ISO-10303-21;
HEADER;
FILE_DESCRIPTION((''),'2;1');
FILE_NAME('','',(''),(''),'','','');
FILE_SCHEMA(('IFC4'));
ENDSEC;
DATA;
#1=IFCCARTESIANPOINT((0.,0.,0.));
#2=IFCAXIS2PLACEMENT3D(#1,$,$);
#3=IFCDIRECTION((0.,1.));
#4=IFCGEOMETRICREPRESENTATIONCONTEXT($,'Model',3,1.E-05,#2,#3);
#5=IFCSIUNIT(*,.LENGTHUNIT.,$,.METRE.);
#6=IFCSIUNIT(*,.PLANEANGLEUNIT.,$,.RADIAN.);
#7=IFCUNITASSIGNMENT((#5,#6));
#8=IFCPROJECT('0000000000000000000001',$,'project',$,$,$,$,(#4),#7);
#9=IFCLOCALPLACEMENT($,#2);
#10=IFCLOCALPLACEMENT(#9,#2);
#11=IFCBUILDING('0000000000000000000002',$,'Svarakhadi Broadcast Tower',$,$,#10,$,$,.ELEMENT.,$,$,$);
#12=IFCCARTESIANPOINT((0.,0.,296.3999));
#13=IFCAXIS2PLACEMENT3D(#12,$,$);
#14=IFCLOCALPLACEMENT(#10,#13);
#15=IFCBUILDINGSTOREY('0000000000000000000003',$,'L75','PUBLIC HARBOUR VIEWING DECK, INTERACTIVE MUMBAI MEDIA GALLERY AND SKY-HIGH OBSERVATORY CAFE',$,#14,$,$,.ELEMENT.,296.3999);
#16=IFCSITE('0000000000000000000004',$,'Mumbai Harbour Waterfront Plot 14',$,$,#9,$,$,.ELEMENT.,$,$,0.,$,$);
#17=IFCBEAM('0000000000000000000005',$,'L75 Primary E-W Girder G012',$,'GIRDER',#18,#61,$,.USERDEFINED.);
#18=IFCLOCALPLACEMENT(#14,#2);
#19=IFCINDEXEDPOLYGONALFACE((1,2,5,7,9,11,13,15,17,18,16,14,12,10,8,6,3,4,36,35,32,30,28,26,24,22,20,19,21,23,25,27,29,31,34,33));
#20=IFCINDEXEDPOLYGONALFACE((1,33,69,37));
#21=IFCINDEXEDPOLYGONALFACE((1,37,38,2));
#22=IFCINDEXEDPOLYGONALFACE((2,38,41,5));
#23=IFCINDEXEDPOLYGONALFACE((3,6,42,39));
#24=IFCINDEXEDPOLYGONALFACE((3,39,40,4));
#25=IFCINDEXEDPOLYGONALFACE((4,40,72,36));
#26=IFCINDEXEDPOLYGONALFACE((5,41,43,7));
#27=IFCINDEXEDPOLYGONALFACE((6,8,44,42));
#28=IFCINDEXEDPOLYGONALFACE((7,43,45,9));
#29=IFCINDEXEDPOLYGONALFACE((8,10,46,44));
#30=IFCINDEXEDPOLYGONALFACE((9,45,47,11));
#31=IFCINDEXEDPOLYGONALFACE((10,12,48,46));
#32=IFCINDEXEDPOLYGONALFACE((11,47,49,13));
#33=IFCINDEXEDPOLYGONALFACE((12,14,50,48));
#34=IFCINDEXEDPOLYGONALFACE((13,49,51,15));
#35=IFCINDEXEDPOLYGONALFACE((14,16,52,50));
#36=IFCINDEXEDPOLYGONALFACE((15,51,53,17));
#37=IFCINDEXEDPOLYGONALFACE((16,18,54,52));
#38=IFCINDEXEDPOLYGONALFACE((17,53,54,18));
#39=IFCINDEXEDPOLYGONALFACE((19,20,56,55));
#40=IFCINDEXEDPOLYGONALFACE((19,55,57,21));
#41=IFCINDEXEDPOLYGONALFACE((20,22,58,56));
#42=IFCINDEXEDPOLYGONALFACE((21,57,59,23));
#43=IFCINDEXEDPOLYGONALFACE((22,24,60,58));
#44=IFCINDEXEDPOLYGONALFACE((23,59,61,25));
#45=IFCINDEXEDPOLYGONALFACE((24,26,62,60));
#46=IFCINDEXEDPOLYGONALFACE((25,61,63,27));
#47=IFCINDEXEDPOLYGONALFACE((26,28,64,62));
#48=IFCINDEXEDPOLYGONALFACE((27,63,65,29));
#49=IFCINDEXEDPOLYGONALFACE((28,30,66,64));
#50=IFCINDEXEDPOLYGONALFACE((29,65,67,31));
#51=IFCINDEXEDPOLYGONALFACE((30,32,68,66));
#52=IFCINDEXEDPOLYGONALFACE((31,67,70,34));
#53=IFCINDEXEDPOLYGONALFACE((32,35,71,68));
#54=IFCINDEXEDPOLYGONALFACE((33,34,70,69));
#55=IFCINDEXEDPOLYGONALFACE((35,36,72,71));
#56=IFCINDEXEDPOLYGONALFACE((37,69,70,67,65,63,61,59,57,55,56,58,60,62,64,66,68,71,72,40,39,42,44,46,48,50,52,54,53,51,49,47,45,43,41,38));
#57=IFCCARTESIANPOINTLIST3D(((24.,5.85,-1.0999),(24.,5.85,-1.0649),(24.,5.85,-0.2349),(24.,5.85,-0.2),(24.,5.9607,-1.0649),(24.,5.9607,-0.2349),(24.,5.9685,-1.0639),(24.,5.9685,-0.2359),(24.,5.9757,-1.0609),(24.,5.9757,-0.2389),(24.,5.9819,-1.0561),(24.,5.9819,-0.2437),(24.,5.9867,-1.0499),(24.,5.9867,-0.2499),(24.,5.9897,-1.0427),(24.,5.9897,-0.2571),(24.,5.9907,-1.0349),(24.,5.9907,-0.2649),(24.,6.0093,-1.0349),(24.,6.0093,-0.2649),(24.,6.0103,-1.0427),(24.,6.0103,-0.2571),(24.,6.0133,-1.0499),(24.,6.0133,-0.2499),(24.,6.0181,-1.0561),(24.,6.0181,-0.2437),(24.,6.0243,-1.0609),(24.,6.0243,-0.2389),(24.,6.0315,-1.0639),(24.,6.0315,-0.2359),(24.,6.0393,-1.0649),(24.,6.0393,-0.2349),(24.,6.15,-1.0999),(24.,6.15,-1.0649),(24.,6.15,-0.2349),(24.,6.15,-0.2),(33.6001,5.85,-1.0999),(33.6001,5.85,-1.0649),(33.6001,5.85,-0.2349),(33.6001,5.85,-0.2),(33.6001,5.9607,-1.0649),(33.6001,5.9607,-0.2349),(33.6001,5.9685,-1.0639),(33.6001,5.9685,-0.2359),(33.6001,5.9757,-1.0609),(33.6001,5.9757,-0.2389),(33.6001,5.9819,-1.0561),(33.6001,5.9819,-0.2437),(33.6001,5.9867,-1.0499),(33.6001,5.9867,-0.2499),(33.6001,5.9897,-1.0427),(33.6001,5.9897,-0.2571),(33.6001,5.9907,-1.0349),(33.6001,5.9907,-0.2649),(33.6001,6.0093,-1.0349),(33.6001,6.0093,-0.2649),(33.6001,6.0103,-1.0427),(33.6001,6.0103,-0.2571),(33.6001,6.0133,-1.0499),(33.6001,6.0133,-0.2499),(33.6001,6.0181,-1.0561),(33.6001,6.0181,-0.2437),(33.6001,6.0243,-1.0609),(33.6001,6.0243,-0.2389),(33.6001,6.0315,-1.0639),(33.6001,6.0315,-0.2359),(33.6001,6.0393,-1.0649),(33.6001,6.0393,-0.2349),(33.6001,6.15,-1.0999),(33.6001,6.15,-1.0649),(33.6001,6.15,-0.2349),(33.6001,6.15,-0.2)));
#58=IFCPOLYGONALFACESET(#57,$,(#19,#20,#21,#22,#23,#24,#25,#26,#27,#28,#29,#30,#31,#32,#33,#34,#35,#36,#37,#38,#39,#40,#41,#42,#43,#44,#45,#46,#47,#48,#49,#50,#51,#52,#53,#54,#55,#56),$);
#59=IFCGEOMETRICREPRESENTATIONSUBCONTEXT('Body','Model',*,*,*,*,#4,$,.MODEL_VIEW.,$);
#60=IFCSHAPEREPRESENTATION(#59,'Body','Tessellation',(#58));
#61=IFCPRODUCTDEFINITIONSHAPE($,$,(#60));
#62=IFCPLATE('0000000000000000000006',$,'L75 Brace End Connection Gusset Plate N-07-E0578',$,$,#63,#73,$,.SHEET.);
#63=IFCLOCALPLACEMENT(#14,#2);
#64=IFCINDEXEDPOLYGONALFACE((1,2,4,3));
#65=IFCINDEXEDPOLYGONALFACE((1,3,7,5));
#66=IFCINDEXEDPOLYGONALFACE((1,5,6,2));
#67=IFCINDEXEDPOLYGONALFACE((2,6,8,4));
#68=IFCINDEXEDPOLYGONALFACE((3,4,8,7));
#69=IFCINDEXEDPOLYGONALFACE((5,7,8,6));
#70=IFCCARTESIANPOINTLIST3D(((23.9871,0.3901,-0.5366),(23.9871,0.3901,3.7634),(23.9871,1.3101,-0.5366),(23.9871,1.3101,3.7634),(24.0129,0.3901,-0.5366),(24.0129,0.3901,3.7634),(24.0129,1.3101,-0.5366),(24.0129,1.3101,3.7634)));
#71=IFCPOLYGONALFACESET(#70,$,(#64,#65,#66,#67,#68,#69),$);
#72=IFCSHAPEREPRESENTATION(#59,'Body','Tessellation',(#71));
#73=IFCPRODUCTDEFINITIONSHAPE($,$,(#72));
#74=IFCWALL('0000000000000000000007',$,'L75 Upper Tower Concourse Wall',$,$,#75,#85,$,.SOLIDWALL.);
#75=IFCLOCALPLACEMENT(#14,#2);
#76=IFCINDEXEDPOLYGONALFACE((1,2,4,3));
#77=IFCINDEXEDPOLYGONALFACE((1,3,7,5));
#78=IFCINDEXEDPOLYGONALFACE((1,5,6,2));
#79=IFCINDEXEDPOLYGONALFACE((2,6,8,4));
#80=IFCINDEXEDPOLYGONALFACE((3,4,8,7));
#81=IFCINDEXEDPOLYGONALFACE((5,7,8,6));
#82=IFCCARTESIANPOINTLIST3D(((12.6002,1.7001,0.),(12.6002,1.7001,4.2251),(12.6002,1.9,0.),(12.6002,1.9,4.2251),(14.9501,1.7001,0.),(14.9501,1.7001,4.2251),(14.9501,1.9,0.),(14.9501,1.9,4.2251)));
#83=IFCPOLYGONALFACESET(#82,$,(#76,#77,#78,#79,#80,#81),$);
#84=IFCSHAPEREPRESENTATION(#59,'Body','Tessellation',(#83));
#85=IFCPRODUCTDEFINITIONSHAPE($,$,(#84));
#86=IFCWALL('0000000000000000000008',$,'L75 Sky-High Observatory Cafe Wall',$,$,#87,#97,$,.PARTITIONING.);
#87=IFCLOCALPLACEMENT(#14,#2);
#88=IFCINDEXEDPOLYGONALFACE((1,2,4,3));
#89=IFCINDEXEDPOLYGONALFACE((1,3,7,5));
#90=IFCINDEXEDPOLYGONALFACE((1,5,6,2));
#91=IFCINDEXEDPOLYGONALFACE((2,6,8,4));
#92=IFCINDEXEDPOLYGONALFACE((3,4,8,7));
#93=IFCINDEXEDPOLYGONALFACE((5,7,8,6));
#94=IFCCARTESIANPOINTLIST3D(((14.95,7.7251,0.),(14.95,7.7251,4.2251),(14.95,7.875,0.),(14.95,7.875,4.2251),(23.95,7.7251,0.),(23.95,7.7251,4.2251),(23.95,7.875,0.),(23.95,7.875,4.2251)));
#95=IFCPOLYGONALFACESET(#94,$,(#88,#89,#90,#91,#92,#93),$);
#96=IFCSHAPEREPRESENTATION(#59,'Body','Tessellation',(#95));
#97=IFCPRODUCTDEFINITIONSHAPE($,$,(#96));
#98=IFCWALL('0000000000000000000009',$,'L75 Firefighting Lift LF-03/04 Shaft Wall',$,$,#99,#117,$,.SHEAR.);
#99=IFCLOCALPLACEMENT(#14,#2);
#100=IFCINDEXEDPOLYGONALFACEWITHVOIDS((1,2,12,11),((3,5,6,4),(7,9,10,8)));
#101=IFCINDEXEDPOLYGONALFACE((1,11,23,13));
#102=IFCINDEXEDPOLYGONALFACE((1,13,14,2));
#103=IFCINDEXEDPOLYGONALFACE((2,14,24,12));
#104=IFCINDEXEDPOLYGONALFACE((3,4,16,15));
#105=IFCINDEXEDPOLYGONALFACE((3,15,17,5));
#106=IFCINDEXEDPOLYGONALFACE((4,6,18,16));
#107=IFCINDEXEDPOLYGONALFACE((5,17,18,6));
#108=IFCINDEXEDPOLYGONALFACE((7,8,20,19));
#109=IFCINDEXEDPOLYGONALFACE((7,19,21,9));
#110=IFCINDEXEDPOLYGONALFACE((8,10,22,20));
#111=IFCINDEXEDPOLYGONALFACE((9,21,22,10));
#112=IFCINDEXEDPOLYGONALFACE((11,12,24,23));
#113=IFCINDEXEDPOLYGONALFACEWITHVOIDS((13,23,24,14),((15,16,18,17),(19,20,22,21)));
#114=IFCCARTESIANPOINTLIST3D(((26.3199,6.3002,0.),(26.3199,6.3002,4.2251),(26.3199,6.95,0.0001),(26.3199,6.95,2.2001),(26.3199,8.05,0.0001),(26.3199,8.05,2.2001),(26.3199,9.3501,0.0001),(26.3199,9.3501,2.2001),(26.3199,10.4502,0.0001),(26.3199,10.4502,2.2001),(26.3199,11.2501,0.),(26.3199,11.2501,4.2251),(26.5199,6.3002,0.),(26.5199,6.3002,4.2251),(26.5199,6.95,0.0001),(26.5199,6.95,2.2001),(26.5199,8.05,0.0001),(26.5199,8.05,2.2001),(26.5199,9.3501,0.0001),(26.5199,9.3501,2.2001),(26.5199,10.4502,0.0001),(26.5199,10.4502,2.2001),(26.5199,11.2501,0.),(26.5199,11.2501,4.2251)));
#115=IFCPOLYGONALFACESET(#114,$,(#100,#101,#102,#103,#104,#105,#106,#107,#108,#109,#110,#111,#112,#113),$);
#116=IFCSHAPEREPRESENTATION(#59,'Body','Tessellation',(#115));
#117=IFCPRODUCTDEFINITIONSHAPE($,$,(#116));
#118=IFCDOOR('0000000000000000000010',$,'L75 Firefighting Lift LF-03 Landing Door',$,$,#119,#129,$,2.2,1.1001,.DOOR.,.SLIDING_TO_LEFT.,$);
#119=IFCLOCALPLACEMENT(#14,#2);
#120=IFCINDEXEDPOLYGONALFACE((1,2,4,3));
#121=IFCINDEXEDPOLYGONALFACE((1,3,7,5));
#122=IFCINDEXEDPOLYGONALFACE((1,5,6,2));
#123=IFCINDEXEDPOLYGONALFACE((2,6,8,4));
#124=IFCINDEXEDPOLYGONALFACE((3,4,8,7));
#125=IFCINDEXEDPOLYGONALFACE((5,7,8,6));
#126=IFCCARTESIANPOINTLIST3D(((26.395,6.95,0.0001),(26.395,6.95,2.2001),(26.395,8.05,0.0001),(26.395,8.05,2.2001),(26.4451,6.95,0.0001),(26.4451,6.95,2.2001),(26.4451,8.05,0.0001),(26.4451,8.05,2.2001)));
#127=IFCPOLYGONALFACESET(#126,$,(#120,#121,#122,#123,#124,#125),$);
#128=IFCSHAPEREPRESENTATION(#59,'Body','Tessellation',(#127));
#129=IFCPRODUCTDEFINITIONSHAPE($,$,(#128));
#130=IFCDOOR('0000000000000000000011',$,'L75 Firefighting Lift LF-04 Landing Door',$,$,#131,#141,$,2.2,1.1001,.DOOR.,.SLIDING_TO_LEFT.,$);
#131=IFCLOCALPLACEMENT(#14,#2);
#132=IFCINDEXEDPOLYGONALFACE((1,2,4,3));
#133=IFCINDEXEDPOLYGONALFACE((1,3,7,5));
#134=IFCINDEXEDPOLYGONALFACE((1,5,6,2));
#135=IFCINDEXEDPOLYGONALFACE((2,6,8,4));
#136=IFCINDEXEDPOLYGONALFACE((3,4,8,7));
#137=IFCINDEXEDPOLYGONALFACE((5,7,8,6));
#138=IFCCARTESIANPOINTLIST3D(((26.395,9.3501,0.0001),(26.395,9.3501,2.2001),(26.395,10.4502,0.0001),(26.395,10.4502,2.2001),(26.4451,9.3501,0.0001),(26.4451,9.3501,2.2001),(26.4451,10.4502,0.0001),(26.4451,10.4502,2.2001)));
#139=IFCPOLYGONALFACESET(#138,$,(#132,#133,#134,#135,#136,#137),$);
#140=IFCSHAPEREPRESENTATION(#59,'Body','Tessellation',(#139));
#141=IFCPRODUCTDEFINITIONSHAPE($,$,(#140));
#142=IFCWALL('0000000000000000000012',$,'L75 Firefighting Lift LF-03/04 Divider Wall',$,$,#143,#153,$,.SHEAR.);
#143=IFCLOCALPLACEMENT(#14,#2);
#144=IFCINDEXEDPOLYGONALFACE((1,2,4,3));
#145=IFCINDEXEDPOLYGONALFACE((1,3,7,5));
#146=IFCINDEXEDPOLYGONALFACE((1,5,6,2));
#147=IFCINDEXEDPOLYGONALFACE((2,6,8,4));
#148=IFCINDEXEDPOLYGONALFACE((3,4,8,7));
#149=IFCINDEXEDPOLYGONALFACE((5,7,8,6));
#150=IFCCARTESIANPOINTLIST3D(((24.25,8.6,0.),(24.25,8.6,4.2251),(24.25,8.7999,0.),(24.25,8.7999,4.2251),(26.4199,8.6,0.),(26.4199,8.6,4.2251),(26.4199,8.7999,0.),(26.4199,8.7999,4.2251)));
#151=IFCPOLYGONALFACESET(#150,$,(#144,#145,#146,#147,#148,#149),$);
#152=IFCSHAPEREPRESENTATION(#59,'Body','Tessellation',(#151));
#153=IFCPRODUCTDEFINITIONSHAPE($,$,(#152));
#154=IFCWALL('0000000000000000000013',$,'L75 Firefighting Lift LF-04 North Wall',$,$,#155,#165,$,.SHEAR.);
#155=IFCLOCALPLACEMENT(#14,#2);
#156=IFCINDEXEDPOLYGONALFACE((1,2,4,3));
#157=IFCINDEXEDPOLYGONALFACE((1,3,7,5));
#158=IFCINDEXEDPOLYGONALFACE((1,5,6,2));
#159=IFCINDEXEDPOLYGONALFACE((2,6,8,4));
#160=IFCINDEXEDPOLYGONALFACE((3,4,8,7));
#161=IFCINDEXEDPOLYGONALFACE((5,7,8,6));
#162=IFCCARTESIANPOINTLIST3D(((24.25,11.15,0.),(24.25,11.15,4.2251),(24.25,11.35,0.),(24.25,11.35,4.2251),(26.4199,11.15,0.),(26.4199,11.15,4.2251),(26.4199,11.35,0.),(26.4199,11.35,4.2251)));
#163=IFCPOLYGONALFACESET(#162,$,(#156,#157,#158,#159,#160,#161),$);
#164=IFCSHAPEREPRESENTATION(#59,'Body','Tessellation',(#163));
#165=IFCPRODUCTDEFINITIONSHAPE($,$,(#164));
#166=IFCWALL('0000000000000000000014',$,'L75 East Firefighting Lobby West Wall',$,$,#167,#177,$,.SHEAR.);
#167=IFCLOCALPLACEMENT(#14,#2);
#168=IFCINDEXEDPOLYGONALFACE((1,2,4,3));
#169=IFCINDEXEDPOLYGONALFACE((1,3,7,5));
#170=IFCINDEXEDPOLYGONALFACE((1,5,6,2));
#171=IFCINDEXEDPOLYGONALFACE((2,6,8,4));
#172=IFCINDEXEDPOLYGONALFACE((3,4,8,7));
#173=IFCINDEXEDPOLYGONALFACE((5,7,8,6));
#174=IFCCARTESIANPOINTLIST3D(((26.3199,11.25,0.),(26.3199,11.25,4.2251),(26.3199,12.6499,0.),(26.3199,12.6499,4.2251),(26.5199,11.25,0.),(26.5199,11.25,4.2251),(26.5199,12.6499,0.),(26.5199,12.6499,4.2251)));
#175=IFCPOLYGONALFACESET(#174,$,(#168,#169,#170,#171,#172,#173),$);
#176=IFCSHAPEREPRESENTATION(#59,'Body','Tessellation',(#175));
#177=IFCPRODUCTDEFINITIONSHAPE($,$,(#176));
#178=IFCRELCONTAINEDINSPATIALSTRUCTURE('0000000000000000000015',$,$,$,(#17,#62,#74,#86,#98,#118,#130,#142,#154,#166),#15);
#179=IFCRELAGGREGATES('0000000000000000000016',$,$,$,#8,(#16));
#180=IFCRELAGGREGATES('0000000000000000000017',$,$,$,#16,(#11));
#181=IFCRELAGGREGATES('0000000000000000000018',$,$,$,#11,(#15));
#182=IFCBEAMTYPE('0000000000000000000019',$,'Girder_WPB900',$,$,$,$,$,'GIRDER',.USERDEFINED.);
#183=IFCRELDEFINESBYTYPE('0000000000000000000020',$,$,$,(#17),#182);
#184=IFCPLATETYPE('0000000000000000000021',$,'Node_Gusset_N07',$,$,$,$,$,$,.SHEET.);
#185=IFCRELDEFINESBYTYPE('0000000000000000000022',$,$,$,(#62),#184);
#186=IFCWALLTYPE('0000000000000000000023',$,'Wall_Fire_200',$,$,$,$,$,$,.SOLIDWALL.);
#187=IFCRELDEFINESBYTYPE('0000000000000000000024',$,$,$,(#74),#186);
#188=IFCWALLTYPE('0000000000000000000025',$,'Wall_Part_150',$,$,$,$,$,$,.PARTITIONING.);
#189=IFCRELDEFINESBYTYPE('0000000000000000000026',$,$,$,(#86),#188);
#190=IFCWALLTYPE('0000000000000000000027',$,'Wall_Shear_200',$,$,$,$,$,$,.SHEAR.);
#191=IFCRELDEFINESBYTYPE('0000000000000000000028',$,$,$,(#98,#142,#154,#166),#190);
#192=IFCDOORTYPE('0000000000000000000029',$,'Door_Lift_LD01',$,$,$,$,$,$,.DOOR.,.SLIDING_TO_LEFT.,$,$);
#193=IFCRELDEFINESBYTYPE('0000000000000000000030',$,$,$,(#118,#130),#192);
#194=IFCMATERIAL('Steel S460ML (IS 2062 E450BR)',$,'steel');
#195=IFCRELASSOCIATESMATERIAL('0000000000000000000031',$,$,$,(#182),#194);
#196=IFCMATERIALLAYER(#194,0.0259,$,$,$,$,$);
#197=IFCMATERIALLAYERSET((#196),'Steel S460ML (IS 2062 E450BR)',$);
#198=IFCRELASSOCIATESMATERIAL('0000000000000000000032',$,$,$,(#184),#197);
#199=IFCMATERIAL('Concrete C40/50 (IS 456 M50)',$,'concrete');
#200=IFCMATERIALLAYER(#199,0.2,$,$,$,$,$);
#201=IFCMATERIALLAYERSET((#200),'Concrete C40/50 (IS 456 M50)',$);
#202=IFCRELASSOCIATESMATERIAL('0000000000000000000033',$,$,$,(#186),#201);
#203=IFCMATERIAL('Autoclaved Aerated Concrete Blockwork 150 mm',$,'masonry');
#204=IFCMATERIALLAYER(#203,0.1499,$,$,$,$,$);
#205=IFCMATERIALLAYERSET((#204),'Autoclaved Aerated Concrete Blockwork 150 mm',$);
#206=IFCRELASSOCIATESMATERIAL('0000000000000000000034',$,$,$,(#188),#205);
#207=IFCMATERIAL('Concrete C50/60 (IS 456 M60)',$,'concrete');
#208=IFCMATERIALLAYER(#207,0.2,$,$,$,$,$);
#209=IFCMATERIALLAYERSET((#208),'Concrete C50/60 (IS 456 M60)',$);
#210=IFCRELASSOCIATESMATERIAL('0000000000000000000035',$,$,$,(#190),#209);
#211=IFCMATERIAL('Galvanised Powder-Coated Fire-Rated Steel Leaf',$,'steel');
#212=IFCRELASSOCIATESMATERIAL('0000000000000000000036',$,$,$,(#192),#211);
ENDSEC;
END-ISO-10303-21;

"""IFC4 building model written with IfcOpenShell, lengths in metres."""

from ifc_helpers import new_model, si_unit, direction, frame, frame_2d, origin, origin_2d, place, context, subcontext, project, spatial, rectangle, i_section, extrude, material, layer, layer_set, material_profile, profile_set, type_object, element, fill, save


model = new_model("IFC4")

# Units and contexts
model_context = context("Model", 3, precision=1e-05, world=origin(), true_north=direction((0.0, 1.0)))
body_context = subcontext(model_context, "Body", "Model", "MODEL_VIEW")
ifc_project = project(units=[si_unit("LENGTHUNIT", "METRE"), si_unit("PLANEANGLEUNIT", "RADIAN")], contexts=[model_context])

# Site, building, storey
site_placement = place(None, origin())
site = spatial("IfcSite", under=ifc_project, at=site_placement, Name="Mumbai Harbour Waterfront Plot 14", CompositionType="ELEMENT", RefElevation=0.0)
building_placement = place(site_placement, origin())
building = spatial("IfcBuilding", under=site, at=building_placement, Name="Svarakhadi Broadcast Tower", CompositionType="ELEMENT")
storey_placement = place(building_placement, frame((0.0, 0.0, 296.3999)))
storey = spatial("IfcBuildingStorey", under=building, at=storey_placement, Name="L75", Description="PUBLIC HARBOUR VIEWING DECK, INTERACTIVE MUMBAI MEDIA GALLERY AND SKY-HIGH OBSERVATORY CAFE", CompositionType="ELEMENT", Elevation=296.3999)

# Shared definitions
ifc_material_1 = material(Name="Concrete C50/60 (IS 456 M60)", Category="concrete")
ifc_material_2 = material(Name="Steel S460ML (IS 2062 E450BR)", Category="steel")

# Beam
ifc_material_profile_1 = material_profile(ifc_material_2, i_section(OverallWidth=0.3, OverallDepth=0.8999, WebThickness=0.0186, FlangeThickness=0.0349, FilletRadius=0.03, at=origin_2d()), Name="WPB 900x300x291")
ifc_profile_set_1 = profile_set([ifc_material_profile_1], Name="Steel S460ML (IS 2062 E450BR)")
beam_type_1 = type_object("IfcBeamType", Name="Girder_WPB900", ElementType="GIRDER", PredefinedType="USERDEFINED", material=ifc_profile_set_1)
beam_placement = place(storey_placement, frame((24.0, 6.0, -0.6499), z_axis=(1.0, 0.0, 0.0), x_axis=(0.0, 1.0, 0.0)))
element("IfcBeam", 1, at=beam_placement, inside=storey, type_object=beam_type_1, Name="L75 Primary E-W Girder G012", ObjectType="GIRDER", PredefinedType="USERDEFINED", context=body_context, shape_type="SweptSolid", body=[
    extrude(i_section(OverallWidth=0.3, OverallDepth=0.8999, WebThickness=0.0186, FlangeThickness=0.0349, FilletRadius=0.03, at=origin_2d()), origin(), (0.0, 0.0, 1.0), 9.6001),
])

# Plate
ifc_layer_1 = layer(ifc_material_2, 0.0259)
ifc_layer_set_1 = layer_set([ifc_layer_1], Name="Steel S460ML (IS 2062 E450BR)")
plate_type = type_object("IfcPlateType", Name="Node_Gusset_N07", PredefinedType="SHEET", material=ifc_layer_set_1)
plate_placement = place(storey_placement, frame((24.0, 0.8501, -0.5366), z_axis=(0.0, 0.0, 1.0), x_axis=(0.0, 1.0, 0.0)))
element("IfcPlate", 2, at=plate_placement, inside=storey, type_object=plate_type, Name="L75 Brace End Connection Gusset Plate N-07-E0578", PredefinedType="SHEET", context=body_context, shape_type="SweptSolid", body=[
    extrude(rectangle(XDim=0.9199, YDim=0.0259, at=origin_2d()), origin(), (0.0, 0.0, 1.0), 4.3),
])

# Walls
ifc_material_3 = material(Name="Concrete C40/50 (IS 456 M50)", Category="concrete")
ifc_layer_2 = layer(ifc_material_3, 0.2)
ifc_layer_set_2 = layer_set([ifc_layer_2], Name="Concrete C40/50 (IS 456 M50)")
wall_type_1 = type_object("IfcWallType", Name="Wall_Fire_200", PredefinedType="SOLIDWALL", material=ifc_layer_set_2)
wall_1_placement = place(storey_placement, frame((14.95, 1.8, 0.0), z_axis=(0.0, 0.0, 1.0), x_axis=(-1.0, 0.0, 0.0)))
element("IfcWall", 3, at=wall_1_placement, inside=storey, type_object=wall_type_1, Name="L75 Upper Tower Concourse Wall", PredefinedType="SOLIDWALL", context=body_context, shape_type="SweptSolid", body=[
    extrude(rectangle(XDim=2.3499, YDim=0.2, at=frame_2d((1.1748, 0.0))), origin(), (0.0, 0.0, 1.0), 4.2251),
])
ifc_material_4 = material(Name="Autoclaved Aerated Concrete Blockwork 150 mm", Category="masonry")
ifc_layer_3 = layer(ifc_material_4, 0.1499)
ifc_layer_set_3 = layer_set([ifc_layer_3], Name="Autoclaved Aerated Concrete Blockwork 150 mm")
wall_type_2 = type_object("IfcWallType", Name="Wall_Part_150", PredefinedType="PARTITIONING", material=ifc_layer_set_3)
wall_2_placement = place(storey_placement, frame((14.95, 7.8, 0.0), z_axis=(0.0, 0.0, 1.0), x_axis=(1.0, 0.0, 0.0)))
element("IfcWall", 4, at=wall_2_placement, inside=storey, type_object=wall_type_2, Name="L75 Sky-High Observatory Cafe Wall", PredefinedType="PARTITIONING", context=body_context, shape_type="SweptSolid", body=[
    extrude(rectangle(XDim=9.0, YDim=0.1499, at=frame_2d((4.5, 0.0))), origin(), (0.0, 0.0, 1.0), 4.2251),
])

# Wall, openings, doors
ifc_layer_4 = layer(ifc_material_1, 0.2)
ifc_layer_set_4 = layer_set([ifc_layer_4], Name="Concrete C50/60 (IS 456 M60)")
wall_type_3 = type_object("IfcWallType", Name="Wall_Shear_200", PredefinedType="SHEAR", material=ifc_layer_set_4)
wall_3_placement = place(storey_placement, frame((26.4199, 6.3, 0.0), z_axis=(0.0, 0.0, 1.0), x_axis=(0.0, 1.0, 0.0)))
wall_3 = element("IfcWall", 5, at=wall_3_placement, inside=storey, type_object=wall_type_3, Name="L75 Firefighting Lift LF-03/04 Shaft Wall", PredefinedType="SHEAR", context=body_context, shape_type="SweptSolid", body=[
    extrude(rectangle(XDim=4.95, YDim=0.2, at=frame_2d((2.4751, 0.0))), origin(), (0.0, 0.0, 1.0), 4.2251),
])
opening_1_placement = place(wall_3_placement, frame((0.6499, 0.0, 0.0)))
opening_1 = element("IfcOpeningElement", 6, at=opening_1_placement, cuts=wall_3, PredefinedType="OPENING", context=body_context, shape_type="SweptSolid", body=[
    extrude(rectangle(XDim=1.1001, YDim=2.2, at=frame_2d((0.55, 1.1001))), frame((0.0, 0.1099, 0.0), z_axis=(0.0, -1.0, 0.0), x_axis=(1.0, 0.0, 0.0)), (0.0, 0.0, 1.0), 0.22),
])
opening_2_placement = place(wall_3_placement, frame((3.05, 0.0, 0.0)))
opening_2 = element("IfcOpeningElement", 7, at=opening_2_placement, cuts=wall_3, PredefinedType="OPENING", context=body_context, shape_type="SweptSolid", body=[
    extrude(rectangle(XDim=1.1001, YDim=2.2, at=frame_2d((0.55, 1.1001))), frame((0.0, 0.1099, 0.0), z_axis=(0.0, -1.0, 0.0), x_axis=(1.0, 0.0, 0.0)), (0.0, 0.0, 1.0), 0.22),
])
ifc_material_5 = material(Name="Galvanised Powder-Coated Fire-Rated Steel Leaf", Category="steel")
door_type_1 = type_object("IfcDoorType", Name="Door_Lift_LD01", OperationType="SLIDING_TO_LEFT", PredefinedType="DOOR", material=ifc_material_5)
door_1_placement = place(opening_1_placement, origin())
door_1 = element("IfcDoor", 8, at=door_1_placement, inside=storey, type_object=door_type_1, Name="L75 Firefighting Lift LF-03 Landing Door", OperationType="SLIDING_TO_LEFT", OverallHeight=2.2, OverallWidth=1.1001, PredefinedType="DOOR", context=body_context, shape_type="SweptSolid", body=[
    extrude(rectangle(XDim=1.1001, YDim=2.2, at=frame_2d((0.55, 1.1001))), frame((0.0, 0.0249, 0.0), z_axis=(0.0, -1.0, 0.0), x_axis=(1.0, 0.0, 0.0)), (0.0, 0.0, 1.0), 0.05),
])
fill(opening_1, door_1)
door_2_placement = place(opening_2_placement, origin())
door_2 = element("IfcDoor", 9, at=door_2_placement, inside=storey, type_object=door_type_1, Name="L75 Firefighting Lift LF-04 Landing Door", OperationType="SLIDING_TO_LEFT", OverallHeight=2.2, OverallWidth=1.1001, PredefinedType="DOOR", context=body_context, shape_type="SweptSolid", body=[
    extrude(rectangle(XDim=1.1001, YDim=2.2, at=frame_2d((0.55, 1.1001))), frame((0.0, 0.0249, 0.0), z_axis=(0.0, -1.0, 0.0), x_axis=(1.0, 0.0, 0.0)), (0.0, 0.0, 1.0), 0.05),
])
fill(opening_2, door_2)

# Walls
for number, where, z_axis, x_axis, name in (
    (10, (24.25, 8.7, 0.0), (0.0, 0.0, 1.0), (1.0, 0.0, 0.0), "L75 Firefighting Lift LF-03/04 Divider Wall"),
    (11, (24.25, 11.25, 0.0), (0.0, 0.0, 1.0), (1.0, 0.0, 0.0), "L75 Firefighting Lift LF-04 North Wall"),
):
    element("IfcWall", number, at=place(storey_placement, frame(where, z_axis=z_axis, x_axis=x_axis)), inside=storey, type_object=wall_type_3, Name=name, PredefinedType="SHEAR", context=body_context, shape_type="SweptSolid", body=[
        extrude(rectangle(XDim=2.1699, YDim=0.2, at=frame_2d((1.085, 0.0))), origin(), (0.0, 0.0, 1.0), 4.2251),
    ])
wall_4_placement = place(storey_placement, frame((26.4199, 11.25, 0.0), z_axis=(0.0, 0.0, 1.0), x_axis=(0.0, 1.0, 0.0)))
element("IfcWall", 12, at=wall_4_placement, inside=storey, type_object=wall_type_3, Name="L75 East Firefighting Lobby West Wall", PredefinedType="SHEAR", context=body_context, shape_type="SweptSolid", body=[
    extrude(rectangle(XDim=1.3999, YDim=0.2, at=frame_2d((0.7, 0.0))), origin(), (0.0, 0.0, 1.0), 4.2251),
])

save(model, "model.ifc")
